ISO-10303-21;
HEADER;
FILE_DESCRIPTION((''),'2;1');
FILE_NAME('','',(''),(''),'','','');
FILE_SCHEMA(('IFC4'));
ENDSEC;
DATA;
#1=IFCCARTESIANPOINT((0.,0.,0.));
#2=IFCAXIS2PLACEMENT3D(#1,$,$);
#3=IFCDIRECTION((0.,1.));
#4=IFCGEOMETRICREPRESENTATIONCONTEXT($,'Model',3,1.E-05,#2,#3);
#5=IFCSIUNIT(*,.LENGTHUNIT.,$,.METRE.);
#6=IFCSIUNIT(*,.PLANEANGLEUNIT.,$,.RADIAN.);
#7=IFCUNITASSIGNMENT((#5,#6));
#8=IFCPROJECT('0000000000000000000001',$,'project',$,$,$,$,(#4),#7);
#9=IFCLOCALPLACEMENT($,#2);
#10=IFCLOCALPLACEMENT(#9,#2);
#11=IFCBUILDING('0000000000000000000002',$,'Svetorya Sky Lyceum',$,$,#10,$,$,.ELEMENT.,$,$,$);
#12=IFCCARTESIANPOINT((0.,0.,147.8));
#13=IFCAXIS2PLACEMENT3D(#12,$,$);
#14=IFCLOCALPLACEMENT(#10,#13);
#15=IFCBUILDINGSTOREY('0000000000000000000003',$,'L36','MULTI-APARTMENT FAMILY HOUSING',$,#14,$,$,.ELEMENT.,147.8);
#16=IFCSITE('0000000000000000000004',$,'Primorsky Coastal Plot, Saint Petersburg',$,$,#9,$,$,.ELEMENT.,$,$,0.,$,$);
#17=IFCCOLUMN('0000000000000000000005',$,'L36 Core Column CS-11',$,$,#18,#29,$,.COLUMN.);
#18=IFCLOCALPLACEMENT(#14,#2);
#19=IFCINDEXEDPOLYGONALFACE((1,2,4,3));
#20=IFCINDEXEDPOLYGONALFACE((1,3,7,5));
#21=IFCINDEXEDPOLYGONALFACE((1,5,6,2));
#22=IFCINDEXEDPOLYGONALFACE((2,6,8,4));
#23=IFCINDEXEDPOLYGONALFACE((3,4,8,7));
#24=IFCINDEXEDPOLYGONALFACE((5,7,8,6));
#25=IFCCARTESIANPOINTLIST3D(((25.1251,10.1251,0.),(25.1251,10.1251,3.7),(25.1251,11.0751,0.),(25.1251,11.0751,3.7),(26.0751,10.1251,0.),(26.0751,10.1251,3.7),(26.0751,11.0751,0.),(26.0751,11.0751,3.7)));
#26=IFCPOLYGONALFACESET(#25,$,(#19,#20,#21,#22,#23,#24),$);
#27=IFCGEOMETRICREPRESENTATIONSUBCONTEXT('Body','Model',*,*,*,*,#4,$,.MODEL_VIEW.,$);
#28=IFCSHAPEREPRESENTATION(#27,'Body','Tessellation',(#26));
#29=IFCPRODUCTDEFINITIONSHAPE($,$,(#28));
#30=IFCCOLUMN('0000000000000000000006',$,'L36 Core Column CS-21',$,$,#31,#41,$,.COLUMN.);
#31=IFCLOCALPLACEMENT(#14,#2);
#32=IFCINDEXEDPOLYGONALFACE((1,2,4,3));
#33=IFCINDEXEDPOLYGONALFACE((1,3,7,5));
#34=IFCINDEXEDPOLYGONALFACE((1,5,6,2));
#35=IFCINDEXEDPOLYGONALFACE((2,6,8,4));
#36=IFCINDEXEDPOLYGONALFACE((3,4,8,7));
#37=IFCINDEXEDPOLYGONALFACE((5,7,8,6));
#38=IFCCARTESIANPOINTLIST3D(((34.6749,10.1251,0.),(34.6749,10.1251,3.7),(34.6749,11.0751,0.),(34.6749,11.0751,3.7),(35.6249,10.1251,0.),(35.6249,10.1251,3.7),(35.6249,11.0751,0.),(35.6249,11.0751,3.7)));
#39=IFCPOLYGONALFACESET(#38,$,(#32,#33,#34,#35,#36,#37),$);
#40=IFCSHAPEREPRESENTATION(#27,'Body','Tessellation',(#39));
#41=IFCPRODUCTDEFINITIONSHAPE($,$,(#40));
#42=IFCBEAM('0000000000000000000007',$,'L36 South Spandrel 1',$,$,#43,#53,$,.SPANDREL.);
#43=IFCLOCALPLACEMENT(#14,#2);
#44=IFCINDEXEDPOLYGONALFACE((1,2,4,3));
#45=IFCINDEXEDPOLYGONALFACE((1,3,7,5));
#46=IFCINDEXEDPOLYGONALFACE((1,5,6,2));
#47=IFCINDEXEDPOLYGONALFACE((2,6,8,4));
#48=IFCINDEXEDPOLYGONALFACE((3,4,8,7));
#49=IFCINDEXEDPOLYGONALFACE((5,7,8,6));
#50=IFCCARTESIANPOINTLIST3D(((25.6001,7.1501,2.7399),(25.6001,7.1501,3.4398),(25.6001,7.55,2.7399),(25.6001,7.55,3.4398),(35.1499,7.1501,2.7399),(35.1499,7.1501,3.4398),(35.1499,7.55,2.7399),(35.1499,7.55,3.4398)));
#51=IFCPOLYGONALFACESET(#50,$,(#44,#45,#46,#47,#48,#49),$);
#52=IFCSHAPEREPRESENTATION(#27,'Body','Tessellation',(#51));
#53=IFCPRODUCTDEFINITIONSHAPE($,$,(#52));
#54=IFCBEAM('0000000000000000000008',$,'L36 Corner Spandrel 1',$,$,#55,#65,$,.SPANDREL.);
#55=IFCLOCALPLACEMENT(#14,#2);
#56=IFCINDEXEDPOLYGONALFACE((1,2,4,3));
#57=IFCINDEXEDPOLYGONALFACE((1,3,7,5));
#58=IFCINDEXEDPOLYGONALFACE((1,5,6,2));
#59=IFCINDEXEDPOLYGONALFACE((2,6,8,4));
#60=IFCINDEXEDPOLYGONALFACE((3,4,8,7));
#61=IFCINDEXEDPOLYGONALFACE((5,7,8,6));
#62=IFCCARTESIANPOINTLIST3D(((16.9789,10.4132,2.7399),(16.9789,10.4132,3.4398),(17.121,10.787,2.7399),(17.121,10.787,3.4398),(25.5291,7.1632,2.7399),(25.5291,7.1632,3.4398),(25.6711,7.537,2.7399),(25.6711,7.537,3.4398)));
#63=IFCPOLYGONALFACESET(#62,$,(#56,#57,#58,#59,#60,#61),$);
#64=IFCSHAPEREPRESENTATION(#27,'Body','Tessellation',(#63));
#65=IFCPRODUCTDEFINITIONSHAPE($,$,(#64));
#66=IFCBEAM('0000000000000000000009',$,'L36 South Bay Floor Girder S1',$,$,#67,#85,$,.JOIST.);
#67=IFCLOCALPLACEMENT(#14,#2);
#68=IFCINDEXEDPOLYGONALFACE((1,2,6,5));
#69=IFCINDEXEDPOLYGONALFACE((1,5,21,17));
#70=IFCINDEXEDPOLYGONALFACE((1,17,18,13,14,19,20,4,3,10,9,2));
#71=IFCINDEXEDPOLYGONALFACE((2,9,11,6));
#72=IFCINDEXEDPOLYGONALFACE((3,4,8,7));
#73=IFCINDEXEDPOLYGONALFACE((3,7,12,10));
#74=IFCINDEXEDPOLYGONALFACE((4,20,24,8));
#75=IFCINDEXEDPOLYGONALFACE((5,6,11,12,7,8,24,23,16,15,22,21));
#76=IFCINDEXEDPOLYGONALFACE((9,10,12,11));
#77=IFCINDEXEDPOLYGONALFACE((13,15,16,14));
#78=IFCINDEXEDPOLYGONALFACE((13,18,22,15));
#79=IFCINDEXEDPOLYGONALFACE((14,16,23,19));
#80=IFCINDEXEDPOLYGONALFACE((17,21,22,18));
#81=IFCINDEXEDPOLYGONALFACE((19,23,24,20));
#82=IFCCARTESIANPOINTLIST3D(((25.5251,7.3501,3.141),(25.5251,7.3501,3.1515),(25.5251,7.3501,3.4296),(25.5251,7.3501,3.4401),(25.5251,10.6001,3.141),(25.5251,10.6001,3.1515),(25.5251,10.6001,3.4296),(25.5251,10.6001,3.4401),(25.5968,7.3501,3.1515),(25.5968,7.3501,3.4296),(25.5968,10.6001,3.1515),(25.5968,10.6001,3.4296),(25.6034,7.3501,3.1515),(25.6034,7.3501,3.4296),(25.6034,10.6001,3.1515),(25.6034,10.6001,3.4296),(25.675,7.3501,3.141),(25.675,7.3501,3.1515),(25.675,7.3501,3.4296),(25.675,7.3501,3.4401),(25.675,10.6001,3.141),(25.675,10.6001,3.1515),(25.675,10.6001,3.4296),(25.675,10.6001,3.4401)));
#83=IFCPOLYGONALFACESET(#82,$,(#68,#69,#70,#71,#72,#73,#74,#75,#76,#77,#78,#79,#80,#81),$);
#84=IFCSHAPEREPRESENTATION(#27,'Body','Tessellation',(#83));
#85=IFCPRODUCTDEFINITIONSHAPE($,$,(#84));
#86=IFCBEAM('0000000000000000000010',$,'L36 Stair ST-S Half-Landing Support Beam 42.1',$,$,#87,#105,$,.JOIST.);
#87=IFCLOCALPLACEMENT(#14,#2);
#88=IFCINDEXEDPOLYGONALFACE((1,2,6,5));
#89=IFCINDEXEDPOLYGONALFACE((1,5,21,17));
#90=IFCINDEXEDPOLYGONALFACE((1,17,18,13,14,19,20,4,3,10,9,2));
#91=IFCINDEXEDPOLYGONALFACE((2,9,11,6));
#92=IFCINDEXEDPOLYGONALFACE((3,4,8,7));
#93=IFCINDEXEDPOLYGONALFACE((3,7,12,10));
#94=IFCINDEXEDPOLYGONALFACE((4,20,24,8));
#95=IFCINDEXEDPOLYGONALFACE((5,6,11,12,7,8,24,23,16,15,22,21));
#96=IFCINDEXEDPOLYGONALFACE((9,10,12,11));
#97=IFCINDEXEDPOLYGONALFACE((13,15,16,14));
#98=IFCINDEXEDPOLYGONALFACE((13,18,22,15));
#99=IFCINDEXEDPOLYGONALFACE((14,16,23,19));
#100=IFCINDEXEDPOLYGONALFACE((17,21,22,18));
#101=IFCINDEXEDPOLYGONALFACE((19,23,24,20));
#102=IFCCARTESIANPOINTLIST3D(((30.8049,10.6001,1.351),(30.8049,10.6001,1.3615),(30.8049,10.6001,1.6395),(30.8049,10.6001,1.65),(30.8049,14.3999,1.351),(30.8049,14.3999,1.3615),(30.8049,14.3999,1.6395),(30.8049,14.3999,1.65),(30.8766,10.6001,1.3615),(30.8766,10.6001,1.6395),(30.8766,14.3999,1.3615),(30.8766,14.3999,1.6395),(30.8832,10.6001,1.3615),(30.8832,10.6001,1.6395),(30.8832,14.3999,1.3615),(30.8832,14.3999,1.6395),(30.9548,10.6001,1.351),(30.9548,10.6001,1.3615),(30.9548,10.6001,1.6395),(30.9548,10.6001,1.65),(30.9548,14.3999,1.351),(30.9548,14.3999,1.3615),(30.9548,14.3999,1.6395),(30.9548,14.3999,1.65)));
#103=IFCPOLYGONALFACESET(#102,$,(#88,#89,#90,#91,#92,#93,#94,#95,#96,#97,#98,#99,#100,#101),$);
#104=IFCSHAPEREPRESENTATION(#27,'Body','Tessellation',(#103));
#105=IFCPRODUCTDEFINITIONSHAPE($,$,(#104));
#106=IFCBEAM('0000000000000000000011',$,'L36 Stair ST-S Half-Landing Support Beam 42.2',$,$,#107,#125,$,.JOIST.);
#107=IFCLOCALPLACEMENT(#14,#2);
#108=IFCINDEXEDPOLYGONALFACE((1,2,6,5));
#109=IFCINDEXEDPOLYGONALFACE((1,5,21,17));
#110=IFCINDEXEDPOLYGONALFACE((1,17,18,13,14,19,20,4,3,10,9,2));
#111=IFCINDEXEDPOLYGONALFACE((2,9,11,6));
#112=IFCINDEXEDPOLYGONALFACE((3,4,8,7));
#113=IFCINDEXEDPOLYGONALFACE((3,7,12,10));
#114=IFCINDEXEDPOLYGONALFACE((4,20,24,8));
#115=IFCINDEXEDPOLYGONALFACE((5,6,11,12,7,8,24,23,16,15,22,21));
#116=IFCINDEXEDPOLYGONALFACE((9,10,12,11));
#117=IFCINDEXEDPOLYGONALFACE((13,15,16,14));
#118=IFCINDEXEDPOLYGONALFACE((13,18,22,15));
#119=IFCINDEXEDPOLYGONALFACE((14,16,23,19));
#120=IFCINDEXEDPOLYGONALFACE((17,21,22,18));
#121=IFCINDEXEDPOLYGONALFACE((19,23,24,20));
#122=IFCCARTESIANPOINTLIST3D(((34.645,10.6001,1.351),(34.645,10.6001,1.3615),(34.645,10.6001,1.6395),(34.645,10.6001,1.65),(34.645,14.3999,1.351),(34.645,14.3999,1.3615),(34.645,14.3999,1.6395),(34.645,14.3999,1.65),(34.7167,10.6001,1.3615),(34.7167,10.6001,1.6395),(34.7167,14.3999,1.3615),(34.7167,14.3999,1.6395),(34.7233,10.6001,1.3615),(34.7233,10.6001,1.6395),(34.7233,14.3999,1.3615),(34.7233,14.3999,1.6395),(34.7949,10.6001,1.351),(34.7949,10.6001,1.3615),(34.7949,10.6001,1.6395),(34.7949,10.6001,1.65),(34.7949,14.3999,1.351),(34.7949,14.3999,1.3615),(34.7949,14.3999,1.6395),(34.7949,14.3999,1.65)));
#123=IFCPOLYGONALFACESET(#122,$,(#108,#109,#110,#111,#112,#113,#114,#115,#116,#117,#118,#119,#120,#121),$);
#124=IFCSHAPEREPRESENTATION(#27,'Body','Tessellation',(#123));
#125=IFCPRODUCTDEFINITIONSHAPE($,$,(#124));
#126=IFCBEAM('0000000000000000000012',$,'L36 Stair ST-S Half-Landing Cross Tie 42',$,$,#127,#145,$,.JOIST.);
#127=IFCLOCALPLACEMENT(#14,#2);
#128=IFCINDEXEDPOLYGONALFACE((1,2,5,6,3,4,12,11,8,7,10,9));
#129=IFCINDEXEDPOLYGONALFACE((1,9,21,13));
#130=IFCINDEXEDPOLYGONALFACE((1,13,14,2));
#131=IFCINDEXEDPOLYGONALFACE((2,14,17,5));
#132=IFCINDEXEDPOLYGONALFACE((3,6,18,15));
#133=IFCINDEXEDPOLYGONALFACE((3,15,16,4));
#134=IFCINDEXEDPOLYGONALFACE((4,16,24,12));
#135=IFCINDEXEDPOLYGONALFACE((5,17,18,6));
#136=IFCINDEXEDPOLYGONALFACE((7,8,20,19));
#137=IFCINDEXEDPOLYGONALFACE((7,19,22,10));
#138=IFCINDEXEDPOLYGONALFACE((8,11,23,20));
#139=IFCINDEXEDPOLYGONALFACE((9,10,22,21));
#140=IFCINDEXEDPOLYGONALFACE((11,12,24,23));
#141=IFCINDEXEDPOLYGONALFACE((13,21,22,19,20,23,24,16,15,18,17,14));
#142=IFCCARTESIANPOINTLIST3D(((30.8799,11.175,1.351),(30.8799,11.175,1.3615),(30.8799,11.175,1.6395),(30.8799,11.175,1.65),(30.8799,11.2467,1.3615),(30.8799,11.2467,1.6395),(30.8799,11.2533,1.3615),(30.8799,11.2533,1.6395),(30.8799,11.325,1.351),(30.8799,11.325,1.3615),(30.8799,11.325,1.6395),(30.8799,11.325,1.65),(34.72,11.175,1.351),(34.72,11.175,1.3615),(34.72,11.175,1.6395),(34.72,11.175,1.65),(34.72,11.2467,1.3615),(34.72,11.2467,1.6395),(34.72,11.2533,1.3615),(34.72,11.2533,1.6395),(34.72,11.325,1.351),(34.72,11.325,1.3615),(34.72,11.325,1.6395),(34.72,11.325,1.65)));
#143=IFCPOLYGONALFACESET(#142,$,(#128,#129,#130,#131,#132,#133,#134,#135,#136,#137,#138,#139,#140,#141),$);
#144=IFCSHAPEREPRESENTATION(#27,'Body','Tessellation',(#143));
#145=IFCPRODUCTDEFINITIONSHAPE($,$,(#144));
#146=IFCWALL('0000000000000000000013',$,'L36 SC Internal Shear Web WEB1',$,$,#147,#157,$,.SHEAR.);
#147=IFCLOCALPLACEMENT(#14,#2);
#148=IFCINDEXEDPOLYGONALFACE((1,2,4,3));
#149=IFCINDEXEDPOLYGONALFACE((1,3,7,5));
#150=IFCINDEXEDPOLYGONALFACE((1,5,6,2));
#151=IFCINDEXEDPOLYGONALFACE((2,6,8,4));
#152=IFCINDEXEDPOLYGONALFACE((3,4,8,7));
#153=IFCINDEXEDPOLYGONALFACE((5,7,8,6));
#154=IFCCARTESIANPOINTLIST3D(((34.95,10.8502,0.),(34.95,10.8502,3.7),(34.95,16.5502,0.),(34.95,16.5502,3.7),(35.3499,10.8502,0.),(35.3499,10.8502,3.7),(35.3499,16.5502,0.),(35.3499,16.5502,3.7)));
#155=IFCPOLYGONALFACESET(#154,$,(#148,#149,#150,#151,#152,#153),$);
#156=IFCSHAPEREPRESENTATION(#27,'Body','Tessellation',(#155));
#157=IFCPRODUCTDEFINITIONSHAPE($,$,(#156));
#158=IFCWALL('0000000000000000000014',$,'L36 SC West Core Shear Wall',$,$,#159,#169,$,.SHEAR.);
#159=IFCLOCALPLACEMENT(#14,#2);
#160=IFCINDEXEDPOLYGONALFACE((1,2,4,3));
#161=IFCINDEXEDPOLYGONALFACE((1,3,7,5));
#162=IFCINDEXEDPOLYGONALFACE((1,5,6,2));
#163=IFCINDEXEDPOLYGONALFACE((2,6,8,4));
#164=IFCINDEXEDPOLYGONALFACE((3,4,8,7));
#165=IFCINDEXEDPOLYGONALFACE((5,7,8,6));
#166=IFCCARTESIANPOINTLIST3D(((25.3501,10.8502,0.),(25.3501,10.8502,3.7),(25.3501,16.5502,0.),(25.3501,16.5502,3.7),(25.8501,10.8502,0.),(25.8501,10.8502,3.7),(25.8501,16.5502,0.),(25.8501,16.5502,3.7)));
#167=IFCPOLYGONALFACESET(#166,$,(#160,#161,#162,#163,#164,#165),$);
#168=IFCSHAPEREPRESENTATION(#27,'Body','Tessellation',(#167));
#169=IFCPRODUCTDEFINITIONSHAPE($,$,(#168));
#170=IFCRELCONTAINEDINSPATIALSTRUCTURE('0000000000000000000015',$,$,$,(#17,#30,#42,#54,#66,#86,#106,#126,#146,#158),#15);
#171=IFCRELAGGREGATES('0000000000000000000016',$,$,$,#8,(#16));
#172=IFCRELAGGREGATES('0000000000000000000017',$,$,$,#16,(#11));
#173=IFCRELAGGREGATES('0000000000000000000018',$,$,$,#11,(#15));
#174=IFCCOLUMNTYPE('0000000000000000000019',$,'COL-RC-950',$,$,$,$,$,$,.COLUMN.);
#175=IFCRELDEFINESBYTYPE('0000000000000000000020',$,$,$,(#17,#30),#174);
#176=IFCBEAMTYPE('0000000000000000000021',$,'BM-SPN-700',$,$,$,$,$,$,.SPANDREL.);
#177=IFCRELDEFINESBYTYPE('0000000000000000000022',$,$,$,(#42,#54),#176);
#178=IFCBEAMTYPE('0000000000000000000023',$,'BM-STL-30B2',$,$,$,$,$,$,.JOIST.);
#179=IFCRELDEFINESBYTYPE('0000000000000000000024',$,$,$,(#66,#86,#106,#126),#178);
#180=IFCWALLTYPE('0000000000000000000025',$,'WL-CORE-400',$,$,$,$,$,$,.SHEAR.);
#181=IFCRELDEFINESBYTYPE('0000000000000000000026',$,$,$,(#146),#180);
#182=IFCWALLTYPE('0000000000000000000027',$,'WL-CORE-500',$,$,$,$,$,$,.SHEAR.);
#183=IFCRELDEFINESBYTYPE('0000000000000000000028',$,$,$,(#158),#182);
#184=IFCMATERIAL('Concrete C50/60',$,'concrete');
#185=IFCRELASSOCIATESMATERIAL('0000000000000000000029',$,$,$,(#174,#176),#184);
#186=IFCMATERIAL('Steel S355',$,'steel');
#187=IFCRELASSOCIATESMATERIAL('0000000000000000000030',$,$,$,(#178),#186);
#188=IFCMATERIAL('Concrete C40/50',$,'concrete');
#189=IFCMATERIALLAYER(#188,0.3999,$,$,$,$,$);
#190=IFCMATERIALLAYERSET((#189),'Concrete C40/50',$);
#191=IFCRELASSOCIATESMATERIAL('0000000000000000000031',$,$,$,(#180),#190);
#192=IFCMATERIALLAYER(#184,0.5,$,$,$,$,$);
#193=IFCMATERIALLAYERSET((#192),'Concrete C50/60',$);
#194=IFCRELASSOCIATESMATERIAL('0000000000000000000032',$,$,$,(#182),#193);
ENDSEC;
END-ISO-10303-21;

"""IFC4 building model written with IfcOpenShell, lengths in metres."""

from ifc_helpers import new_model, si_unit, direction, frame, frame_2d, origin, origin_2d, place, context, subcontext, project, spatial, rectangle, i_section, extrude, material, layer, layer_set, material_profile, profile_set, type_object, element, save


model = new_model("IFC4")

# Units and contexts
model_context = context("Model", 3, precision=1e-05, world=origin(), true_north=direction((0.0, 1.0)))
body_context = subcontext(model_context, "Body", "Model", "MODEL_VIEW")
ifc_project = project(units=[si_unit("LENGTHUNIT", "METRE"), si_unit("PLANEANGLEUNIT", "RADIAN")], contexts=[model_context])

# Site, building, storey
site_placement = place(None, origin())
site = spatial("IfcSite", under=ifc_project, at=site_placement, Name="Primorsky Coastal Plot, Saint Petersburg", CompositionType="ELEMENT", RefElevation=0.0)
building_placement = place(site_placement, origin())
building = spatial("IfcBuilding", under=site, at=building_placement, Name="Svetorya Sky Lyceum", CompositionType="ELEMENT")
storey_placement = place(building_placement, frame((0.0, 0.0, 147.8)))
storey = spatial("IfcBuildingStorey", under=building, at=storey_placement, Name="L36", Description="MULTI-APARTMENT FAMILY HOUSING", CompositionType="ELEMENT", Elevation=147.8)

# Columns
ifc_material_1 = material(Name="Concrete C50/60", Category="concrete")
ifc_material_profile_1 = material_profile(ifc_material_1, rectangle(XDim=0.95, YDim=0.95, at=origin_2d()), Name="RC COL 950x950")
ifc_profile_set_1 = profile_set([ifc_material_profile_1], Name="Concrete C50/60")
column_type = type_object("IfcColumnType", Name="COL-RC-950", PredefinedType="COLUMN", material=ifc_profile_set_1)
for number, where, z_axis, x_axis, name in (
    (1, (25.6001, 10.6001, 0.0), (0.0, 0.0, 1.0), (1.0, 0.0, 0.0), "L36 Core Column CS-11"),
    (2, (35.1499, 10.6001, 0.0), (0.0, 0.0, 1.0), (1.0, 0.0, 0.0), "L36 Core Column CS-21"),
):
    element("IfcColumn", number, at=place(storey_placement, frame(where, z_axis=z_axis, x_axis=x_axis)), inside=storey, type_object=column_type, Name=name, PredefinedType="COLUMN", context=body_context, shape_type="SweptSolid", body=[
        extrude(rectangle(XDim=0.95, YDim=0.95, at=origin_2d()), origin(), (0.0, 0.0, 1.0), 3.7),
    ])

# Beams
ifc_material_profile_2 = material_profile(ifc_material_1, rectangle(XDim=0.3999, YDim=0.7, at=origin_2d()), Name="RC SPANDREL 400x700")
ifc_profile_set_2 = profile_set([ifc_material_profile_2], Name="Concrete C50/60")
beam_type_1 = type_object("IfcBeamType", Name="BM-SPN-700", PredefinedType="SPANDREL", material=ifc_profile_set_2)
beam_1_placement = place(storey_placement, frame((25.6001, 7.3501, 3.0898), z_axis=(1.0, 0.0, 0.0), x_axis=(0.0, 1.0, 0.0)))
element("IfcBeam", 3, at=beam_1_placement, inside=storey, type_object=beam_type_1, Name="L36 South Spandrel 1", PredefinedType="SPANDREL", context=body_context, shape_type="SweptSolid", body=[
    extrude(rectangle(XDim=0.3999, YDim=0.7, at=origin_2d()), origin(), (0.0, 0.0, 1.0), 9.5498),
])
beam_2_placement = place(storey_placement, frame((25.6001, 7.3501, 3.0898), z_axis=(-0.934748, 0.355312, 0.0), x_axis=(-0.355312, -0.934748, 0.0)))
element("IfcBeam", 4, at=beam_2_placement, inside=storey, type_object=beam_type_1, Name="L36 Corner Spandrel 1", PredefinedType="SPANDREL", context=body_context, shape_type="SweptSolid", body=[
    extrude(rectangle(XDim=0.3999, YDim=0.7, at=origin_2d()), origin(), (0.0, 0.0, 1.0), 9.147),
])
ifc_material_2 = material(Name="Steel S355", Category="steel")
ifc_material_profile_3 = material_profile(ifc_material_2, i_section(OverallWidth=0.1499, OverallDepth=0.2991, WebThickness=0.0066, FlangeThickness=0.0105, at=origin_2d()), Name="GOST 30B2")
ifc_profile_set_3 = profile_set([ifc_material_profile_3], Name="Steel S355")
beam_type_2 = type_object("IfcBeamType", Name="BM-STL-30B2", PredefinedType="JOIST", material=ifc_profile_set_3)
beam_3_placement = place(storey_placement, frame((25.6001, 7.3501, 3.2905), z_axis=(0.0, 1.0, 0.0), x_axis=(-1.0, 0.0, 0.0)))
element("IfcBeam", 5, at=beam_3_placement, inside=storey, type_object=beam_type_2, Name="L36 South Bay Floor Girder S1", PredefinedType="JOIST", context=body_context, shape_type="SweptSolid", body=[
    extrude(i_section(OverallWidth=0.1499, OverallDepth=0.2991, WebThickness=0.0066, FlangeThickness=0.0105, at=origin_2d()), origin(), (0.0, 0.0, 1.0), 3.25),
])
for number, where, z_axis, x_axis, name in (
    (6, (30.8799, 10.6001, 1.5005), (0.0, 1.0, 0.0), (-1.0, 0.0, 0.0), "L36 Stair ST-S Half-Landing Support Beam 42.1"),
    (7, (34.72, 10.6001, 1.5005), (0.0, 1.0, 0.0), (-1.0, 0.0, 0.0), "L36 Stair ST-S Half-Landing Support Beam 42.2"),
):
    element("IfcBeam", number, at=place(storey_placement, frame(where, z_axis=z_axis, x_axis=x_axis)), inside=storey, type_object=beam_type_2, Name=name, PredefinedType="JOIST", context=body_context, shape_type="SweptSolid", body=[
        extrude(i_section(OverallWidth=0.1499, OverallDepth=0.2991, WebThickness=0.0066, FlangeThickness=0.0105, at=origin_2d()), origin(), (0.0, 0.0, 1.0), 3.7998),
    ])
beam_4_placement = place(storey_placement, frame((30.8799, 11.25, 1.5005), z_axis=(1.0, 0.0, 0.0), x_axis=(0.0, 1.0, 0.0)))
element("IfcBeam", 8, at=beam_4_placement, inside=storey, type_object=beam_type_2, Name="L36 Stair ST-S Half-Landing Cross Tie 42", PredefinedType="JOIST", context=body_context, shape_type="SweptSolid", body=[
    extrude(i_section(OverallWidth=0.1499, OverallDepth=0.2991, WebThickness=0.0066, FlangeThickness=0.0105, at=origin_2d()), origin(), (0.0, 0.0, 1.0), 3.8401),
])

# Walls
ifc_material_3 = material(Name="Concrete C40/50", Category="concrete")
ifc_layer_1 = layer(ifc_material_3, 0.3999)
ifc_layer_set_1 = layer_set([ifc_layer_1], Name="Concrete C40/50")
wall_type_1 = type_object("IfcWallType", Name="WL-CORE-400", PredefinedType="SHEAR", material=ifc_layer_set_1)
wall_1_placement = place(storey_placement, frame((35.1499, 10.8501, 0.0), z_axis=(0.0, 0.0, 1.0), x_axis=(0.0, 1.0, 0.0)))
element("IfcWall", 9, at=wall_1_placement, inside=storey, type_object=wall_type_1, Name="L36 SC Internal Shear Web WEB1", PredefinedType="SHEAR", context=body_context, shape_type="SweptSolid", body=[
    extrude(rectangle(XDim=5.7, YDim=0.3999, at=frame_2d((2.8501, 0.0))), origin(), (0.0, 0.0, 1.0), 3.7),
])
ifc_layer_2 = layer(ifc_material_1, 0.5)
ifc_layer_set_2 = layer_set([ifc_layer_2], Name="Concrete C50/60")
wall_type_2 = type_object("IfcWallType", Name="WL-CORE-500", PredefinedType="SHEAR", material=ifc_layer_set_2)
wall_2_placement = place(storey_placement, frame((25.6001, 10.8501, 0.0), z_axis=(0.0, 0.0, 1.0), x_axis=(0.0, 1.0, 0.0)))
element("IfcWall", 10, at=wall_2_placement, inside=storey, type_object=wall_type_2, Name="L36 SC West Core Shear Wall", PredefinedType="SHEAR", context=body_context, shape_type="SweptSolid", body=[
    extrude(rectangle(XDim=5.7, YDim=0.5, at=frame_2d((2.8501, 0.0))), origin(), (0.0, 0.0, 1.0), 3.7),
])

save(model, "model.ifc")
